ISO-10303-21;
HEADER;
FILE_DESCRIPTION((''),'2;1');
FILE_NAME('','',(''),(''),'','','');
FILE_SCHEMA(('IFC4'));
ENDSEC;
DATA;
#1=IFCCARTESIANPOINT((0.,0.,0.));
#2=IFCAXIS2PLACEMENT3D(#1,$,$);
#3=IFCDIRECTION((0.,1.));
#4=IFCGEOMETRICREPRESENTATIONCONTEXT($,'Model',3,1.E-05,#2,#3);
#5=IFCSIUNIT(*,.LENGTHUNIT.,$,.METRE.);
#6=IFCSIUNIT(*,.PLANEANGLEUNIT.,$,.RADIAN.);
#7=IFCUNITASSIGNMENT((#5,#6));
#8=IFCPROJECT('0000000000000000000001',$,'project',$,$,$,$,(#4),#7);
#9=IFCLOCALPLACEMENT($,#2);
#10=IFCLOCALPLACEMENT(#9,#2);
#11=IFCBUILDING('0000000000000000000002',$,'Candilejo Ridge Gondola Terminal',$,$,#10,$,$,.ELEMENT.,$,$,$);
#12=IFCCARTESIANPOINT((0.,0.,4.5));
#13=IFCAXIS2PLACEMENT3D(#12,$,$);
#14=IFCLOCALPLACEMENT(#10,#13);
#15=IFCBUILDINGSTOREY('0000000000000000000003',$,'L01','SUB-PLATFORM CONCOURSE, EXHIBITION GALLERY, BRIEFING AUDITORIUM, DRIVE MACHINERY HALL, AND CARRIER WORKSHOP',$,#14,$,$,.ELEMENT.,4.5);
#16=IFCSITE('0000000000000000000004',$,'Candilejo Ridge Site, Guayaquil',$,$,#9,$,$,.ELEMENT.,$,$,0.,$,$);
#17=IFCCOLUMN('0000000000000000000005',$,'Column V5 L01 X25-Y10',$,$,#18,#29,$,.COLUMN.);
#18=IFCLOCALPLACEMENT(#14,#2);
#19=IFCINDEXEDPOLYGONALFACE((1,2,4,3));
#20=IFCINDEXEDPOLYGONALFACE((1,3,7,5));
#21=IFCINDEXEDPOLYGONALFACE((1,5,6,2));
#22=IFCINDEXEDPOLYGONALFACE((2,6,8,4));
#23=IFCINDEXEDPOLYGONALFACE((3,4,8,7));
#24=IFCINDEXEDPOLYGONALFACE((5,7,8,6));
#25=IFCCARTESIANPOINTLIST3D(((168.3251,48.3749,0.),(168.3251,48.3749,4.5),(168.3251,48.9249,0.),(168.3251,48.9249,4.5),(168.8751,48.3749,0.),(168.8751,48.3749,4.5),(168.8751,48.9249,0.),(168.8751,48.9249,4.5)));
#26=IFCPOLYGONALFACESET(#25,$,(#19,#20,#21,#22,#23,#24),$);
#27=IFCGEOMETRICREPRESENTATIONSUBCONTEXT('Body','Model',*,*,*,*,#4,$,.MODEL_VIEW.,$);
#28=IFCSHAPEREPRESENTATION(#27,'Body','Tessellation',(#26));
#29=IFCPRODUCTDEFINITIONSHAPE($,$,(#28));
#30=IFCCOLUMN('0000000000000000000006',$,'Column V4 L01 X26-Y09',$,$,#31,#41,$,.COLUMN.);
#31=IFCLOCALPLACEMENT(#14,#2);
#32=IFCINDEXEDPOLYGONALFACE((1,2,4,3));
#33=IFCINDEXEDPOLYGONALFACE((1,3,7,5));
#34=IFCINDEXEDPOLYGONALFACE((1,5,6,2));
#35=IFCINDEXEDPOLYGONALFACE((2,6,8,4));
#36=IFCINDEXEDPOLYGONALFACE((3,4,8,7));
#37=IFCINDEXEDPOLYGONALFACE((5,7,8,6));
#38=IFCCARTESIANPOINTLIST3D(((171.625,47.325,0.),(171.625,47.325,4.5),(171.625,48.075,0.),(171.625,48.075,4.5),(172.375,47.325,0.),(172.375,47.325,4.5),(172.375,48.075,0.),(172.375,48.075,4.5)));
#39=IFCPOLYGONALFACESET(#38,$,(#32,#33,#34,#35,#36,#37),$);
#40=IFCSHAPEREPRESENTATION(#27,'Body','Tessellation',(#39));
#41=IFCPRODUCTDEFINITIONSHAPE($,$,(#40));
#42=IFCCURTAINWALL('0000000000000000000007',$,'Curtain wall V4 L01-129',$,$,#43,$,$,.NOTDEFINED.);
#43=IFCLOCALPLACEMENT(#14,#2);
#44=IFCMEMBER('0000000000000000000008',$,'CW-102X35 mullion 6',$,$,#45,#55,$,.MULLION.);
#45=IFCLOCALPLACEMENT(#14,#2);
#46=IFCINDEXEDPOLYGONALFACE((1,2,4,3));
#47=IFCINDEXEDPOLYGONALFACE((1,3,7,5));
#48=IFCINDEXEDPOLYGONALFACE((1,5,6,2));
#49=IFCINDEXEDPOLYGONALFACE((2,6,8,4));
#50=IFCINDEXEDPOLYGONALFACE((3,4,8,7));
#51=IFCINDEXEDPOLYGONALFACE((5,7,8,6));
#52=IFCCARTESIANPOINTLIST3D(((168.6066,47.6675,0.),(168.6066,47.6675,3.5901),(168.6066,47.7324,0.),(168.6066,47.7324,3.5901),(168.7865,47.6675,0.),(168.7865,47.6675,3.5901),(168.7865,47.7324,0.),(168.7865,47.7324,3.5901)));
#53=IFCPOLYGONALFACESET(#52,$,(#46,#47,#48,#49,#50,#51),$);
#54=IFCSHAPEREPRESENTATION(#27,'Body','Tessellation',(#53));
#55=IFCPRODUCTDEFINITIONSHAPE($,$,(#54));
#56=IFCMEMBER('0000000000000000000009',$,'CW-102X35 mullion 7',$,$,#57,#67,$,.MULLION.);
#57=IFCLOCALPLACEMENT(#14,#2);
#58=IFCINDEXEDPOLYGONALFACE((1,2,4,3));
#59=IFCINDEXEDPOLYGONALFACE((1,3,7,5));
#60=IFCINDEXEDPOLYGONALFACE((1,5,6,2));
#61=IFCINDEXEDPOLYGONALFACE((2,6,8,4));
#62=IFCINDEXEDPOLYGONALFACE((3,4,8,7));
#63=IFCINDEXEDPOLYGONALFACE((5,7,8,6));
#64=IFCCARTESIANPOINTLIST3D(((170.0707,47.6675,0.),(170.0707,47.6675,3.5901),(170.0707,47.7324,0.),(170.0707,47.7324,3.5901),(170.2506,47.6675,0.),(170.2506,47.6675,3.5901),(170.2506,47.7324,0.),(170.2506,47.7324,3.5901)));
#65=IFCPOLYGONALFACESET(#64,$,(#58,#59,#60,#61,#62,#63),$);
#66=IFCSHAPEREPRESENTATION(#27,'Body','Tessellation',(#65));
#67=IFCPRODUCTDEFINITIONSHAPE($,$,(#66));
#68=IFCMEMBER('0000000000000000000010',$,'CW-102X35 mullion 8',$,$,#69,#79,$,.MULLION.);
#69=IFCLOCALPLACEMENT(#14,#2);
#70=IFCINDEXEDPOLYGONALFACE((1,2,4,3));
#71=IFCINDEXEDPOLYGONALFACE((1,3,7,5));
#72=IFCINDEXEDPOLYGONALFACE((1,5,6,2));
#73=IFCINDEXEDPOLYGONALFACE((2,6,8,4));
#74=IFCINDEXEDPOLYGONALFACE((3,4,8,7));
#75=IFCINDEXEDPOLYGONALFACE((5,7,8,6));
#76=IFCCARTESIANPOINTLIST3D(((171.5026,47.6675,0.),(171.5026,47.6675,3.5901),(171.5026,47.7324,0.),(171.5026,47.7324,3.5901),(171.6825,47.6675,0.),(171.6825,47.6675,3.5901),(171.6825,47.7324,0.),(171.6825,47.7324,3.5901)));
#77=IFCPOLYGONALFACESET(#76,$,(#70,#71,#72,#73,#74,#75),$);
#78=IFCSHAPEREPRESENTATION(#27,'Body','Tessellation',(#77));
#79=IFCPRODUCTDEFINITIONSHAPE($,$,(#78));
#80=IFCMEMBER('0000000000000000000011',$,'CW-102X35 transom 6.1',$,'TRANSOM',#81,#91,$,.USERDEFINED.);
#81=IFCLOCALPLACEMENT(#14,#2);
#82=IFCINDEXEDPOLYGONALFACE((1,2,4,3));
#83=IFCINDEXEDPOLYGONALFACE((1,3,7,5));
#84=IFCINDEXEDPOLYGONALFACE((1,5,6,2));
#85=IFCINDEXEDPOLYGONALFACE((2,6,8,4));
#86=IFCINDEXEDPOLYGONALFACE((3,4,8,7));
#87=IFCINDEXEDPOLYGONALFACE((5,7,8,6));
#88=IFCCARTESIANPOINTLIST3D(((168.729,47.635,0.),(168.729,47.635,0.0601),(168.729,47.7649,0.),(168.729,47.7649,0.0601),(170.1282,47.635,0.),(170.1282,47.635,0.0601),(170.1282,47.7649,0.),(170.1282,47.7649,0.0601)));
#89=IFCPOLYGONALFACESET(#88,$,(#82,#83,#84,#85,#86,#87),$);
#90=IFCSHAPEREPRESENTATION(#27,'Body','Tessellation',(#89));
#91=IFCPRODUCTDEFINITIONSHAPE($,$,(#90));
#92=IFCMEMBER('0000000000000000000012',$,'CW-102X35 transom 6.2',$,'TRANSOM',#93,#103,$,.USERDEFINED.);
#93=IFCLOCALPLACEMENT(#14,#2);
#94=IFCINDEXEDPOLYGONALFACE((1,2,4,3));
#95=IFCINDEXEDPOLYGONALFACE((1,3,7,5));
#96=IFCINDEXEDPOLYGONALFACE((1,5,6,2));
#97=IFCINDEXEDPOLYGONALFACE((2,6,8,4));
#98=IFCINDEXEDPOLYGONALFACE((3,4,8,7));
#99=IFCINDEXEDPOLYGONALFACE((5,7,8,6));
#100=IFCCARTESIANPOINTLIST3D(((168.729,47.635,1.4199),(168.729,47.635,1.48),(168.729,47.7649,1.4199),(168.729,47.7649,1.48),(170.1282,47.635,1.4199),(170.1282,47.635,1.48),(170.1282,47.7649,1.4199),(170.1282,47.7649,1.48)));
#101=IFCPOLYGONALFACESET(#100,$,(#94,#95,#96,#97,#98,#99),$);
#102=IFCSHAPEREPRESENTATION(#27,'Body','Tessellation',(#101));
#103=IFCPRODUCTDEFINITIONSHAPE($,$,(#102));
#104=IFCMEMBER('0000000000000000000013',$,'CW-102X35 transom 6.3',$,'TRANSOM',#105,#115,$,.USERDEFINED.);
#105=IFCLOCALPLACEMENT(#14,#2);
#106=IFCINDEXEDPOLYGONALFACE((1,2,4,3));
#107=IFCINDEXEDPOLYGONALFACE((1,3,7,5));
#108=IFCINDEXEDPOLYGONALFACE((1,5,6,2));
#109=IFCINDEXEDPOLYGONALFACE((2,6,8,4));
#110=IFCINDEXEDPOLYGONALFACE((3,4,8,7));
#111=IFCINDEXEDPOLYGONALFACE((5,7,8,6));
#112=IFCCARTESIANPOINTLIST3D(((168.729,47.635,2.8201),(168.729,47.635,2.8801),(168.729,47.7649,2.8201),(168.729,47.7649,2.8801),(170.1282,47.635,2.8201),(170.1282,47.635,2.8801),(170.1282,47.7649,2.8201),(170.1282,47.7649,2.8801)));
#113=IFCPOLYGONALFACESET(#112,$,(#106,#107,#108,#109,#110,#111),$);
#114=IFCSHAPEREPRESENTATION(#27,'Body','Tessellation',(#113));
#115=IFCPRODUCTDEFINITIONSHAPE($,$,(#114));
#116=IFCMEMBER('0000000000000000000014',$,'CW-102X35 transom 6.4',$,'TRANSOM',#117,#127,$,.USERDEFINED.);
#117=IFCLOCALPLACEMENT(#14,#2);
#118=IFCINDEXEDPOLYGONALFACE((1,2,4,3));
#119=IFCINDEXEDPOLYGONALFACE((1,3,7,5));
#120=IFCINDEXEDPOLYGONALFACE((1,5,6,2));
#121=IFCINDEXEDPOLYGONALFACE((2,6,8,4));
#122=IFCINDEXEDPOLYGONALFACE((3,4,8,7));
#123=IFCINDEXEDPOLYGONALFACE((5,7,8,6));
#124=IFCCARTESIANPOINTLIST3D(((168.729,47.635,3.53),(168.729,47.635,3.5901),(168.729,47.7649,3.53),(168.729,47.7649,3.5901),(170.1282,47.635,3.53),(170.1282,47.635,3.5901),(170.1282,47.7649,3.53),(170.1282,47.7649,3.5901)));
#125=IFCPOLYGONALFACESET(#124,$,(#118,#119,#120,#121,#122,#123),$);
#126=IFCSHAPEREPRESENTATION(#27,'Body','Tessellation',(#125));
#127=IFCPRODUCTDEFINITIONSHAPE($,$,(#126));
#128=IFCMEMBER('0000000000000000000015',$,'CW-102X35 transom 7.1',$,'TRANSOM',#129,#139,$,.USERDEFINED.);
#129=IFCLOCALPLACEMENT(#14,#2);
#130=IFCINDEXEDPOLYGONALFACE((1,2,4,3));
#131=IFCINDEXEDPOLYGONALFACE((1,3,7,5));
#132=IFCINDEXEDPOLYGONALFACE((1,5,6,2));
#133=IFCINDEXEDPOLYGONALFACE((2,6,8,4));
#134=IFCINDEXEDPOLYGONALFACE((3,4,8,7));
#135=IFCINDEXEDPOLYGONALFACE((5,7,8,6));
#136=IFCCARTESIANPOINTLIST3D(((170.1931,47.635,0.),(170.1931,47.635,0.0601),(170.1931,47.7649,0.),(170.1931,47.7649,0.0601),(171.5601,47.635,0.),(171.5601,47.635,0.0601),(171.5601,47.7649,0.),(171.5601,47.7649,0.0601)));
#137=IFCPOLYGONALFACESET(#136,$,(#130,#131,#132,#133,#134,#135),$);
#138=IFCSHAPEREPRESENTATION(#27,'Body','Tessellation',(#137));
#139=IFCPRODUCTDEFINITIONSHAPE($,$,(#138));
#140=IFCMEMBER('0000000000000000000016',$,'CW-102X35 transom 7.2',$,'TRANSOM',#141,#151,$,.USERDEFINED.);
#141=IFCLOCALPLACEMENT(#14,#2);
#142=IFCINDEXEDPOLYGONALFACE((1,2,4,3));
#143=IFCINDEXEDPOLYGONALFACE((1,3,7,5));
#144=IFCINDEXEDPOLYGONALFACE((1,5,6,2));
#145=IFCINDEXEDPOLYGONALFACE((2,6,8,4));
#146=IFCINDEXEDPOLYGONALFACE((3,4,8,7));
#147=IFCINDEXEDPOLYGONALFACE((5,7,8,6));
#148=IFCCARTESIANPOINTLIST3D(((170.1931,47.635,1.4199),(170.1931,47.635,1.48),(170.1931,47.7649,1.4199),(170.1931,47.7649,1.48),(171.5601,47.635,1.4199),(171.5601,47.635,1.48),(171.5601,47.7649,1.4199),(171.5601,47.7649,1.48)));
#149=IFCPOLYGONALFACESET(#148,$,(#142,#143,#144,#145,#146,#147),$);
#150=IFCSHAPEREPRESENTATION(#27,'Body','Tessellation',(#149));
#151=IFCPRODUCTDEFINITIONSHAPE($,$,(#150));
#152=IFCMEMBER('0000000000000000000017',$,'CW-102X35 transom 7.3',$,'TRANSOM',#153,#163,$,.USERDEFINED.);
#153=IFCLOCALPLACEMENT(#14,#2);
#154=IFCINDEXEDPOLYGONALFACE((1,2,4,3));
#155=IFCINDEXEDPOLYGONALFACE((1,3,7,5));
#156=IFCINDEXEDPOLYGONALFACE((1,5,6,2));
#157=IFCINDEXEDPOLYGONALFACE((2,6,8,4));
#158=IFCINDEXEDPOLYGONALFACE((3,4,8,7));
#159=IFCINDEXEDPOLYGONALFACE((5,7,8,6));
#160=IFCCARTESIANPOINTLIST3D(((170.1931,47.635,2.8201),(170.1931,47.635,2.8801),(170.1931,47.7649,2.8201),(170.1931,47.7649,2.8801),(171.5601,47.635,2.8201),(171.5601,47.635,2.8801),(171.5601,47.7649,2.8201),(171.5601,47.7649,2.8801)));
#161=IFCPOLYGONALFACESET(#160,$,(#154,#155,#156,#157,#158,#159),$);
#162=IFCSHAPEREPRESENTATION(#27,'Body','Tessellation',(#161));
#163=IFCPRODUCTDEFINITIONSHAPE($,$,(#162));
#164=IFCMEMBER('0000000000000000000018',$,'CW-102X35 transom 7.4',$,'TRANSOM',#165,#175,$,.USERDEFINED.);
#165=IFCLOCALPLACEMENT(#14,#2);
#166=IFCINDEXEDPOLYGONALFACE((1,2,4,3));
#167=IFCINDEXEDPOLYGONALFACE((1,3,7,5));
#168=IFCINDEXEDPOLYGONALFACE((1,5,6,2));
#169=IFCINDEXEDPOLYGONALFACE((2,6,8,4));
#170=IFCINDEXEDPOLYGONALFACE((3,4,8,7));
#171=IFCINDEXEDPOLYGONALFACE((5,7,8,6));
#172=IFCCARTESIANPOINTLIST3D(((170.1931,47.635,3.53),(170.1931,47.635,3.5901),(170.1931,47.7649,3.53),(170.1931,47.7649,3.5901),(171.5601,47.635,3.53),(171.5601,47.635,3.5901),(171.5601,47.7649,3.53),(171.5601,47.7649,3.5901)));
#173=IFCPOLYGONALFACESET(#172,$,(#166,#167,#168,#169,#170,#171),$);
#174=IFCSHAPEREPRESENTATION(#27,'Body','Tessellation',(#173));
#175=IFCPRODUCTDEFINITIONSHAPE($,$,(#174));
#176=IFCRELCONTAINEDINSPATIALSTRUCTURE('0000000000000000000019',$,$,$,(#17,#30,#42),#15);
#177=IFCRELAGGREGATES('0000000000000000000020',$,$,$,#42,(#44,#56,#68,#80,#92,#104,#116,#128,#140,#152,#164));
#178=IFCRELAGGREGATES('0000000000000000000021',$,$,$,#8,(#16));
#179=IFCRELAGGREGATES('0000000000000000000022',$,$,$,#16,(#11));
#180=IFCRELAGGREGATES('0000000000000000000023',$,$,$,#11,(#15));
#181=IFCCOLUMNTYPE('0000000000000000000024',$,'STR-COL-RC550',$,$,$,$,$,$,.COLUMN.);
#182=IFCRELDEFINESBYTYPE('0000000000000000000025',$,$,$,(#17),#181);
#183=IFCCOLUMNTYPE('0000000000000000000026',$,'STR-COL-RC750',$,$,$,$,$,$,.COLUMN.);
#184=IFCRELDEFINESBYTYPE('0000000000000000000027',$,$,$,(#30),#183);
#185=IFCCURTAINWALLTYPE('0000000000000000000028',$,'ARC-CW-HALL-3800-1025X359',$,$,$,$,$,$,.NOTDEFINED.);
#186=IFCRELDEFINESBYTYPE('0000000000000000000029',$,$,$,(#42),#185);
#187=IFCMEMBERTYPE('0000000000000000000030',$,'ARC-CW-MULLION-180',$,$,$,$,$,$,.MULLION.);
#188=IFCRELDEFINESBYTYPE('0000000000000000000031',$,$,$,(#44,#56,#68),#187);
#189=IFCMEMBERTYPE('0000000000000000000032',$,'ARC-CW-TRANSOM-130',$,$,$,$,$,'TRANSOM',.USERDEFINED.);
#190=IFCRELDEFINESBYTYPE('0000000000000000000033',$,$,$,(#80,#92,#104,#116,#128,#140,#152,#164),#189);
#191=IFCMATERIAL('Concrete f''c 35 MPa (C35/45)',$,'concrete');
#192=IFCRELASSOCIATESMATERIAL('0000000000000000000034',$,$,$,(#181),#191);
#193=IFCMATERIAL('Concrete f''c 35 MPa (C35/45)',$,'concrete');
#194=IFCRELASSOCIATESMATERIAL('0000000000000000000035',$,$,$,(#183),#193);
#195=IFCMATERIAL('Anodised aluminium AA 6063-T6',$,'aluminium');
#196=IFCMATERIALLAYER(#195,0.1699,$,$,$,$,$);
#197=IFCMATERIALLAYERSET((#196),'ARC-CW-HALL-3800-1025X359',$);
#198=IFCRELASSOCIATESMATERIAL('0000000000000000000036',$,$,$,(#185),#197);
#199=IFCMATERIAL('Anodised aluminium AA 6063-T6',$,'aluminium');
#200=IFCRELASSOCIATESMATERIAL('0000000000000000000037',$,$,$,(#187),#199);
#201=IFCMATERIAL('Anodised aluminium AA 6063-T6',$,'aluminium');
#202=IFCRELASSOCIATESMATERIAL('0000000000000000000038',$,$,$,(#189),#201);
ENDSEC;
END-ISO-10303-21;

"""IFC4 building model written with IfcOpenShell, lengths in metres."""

from ifc_helpers import new_model, si_unit, direction, frame, origin, origin_2d, place, context, subcontext, project, spatial, rectangle, extrude, material, layer, layer_set, material_profile, profile_set, type_object, element, aggregate, save


model = new_model("IFC4")

# Units and contexts
model_context = context("Model", 3, precision=1e-05, world=origin(), true_north=direction((0.0, 1.0)))
body_context = subcontext(model_context, "Body", "Model", "MODEL_VIEW")
ifc_project = project(units=[si_unit("LENGTHUNIT", "METRE"), si_unit("PLANEANGLEUNIT", "RADIAN")], contexts=[model_context])

# Site, building, storey
site_placement = place(None, origin())
site = spatial("IfcSite", under=ifc_project, at=site_placement, Name="Candilejo Ridge Site, Guayaquil", CompositionType="ELEMENT", RefElevation=0.0)
building_placement = place(site_placement, origin())
building = spatial("IfcBuilding", under=site, at=building_placement, Name="Candilejo Ridge Gondola Terminal", CompositionType="ELEMENT")
storey_placement = place(building_placement, frame((0.0, 0.0, 4.5)))
storey = spatial("IfcBuildingStorey", under=building, at=storey_placement, Name="L01", Description="SUB-PLATFORM CONCOURSE, EXHIBITION GALLERY, BRIEFING AUDITORIUM, DRIVE MACHINERY HALL, AND CARRIER WORKSHOP", CompositionType="ELEMENT", Elevation=4.5)

# Columns
ifc_material_1 = material(Name="Concrete f'c 35 MPa (C35/45)", Category="concrete")
ifc_material_profile_1 = material_profile(ifc_material_1, rectangle(XDim=0.55, YDim=0.55, at=origin_2d()))
ifc_profile_set_1 = profile_set([ifc_material_profile_1], Name="Concrete f'c 35 MPa (C35/45)")
column_type_1 = type_object("IfcColumnType", Name="STR-COL-RC550", PredefinedType="COLUMN", material=ifc_profile_set_1)
column_1_placement = place(storey_placement, frame((168.6001, 48.6499, 0.0), z_axis=(0.0, 0.0, 1.0), x_axis=(1.0, 0.0, 0.0)))
element("IfcColumn", 1, at=column_1_placement, inside=storey, type_object=column_type_1, Name="Column V5 L01 X25-Y10", PredefinedType="COLUMN", context=body_context, shape_type="SweptSolid", body=[
    extrude(rectangle(XDim=0.55, YDim=0.55, at=origin_2d()), origin(), (0.0, 0.0, 1.0), 4.5),
])
ifc_material_2 = material(Name="Concrete f'c 35 MPa (C35/45)", Category="concrete")
ifc_material_profile_2 = material_profile(ifc_material_2, rectangle(XDim=0.75, YDim=0.75, at=origin_2d()))
ifc_profile_set_2 = profile_set([ifc_material_profile_2], Name="Concrete f'c 35 MPa (C35/45)")
column_type_2 = type_object("IfcColumnType", Name="STR-COL-RC750", PredefinedType="COLUMN", material=ifc_profile_set_2)
column_2_placement = place(storey_placement, frame((172.0, 47.7, 0.0), z_axis=(0.0, 0.0, 1.0), x_axis=(1.0, 0.0, 0.0)))
element("IfcColumn", 2, at=column_2_placement, inside=storey, type_object=column_type_2, Name="Column V4 L01 X26-Y09", PredefinedType="COLUMN", context=body_context, shape_type="SweptSolid", body=[
    extrude(rectangle(XDim=0.75, YDim=0.75, at=origin_2d()), origin(), (0.0, 0.0, 1.0), 4.5),
])

# Curtain wall, members
ifc_material_3 = material(Name="Anodised aluminium AA 6063-T6", Category="aluminium")
ifc_layer_1 = layer(ifc_material_3, 0.1699)
ifc_layer_set_1 = layer_set([ifc_layer_1], Name="ARC-CW-HALL-3800-1025X359")
curtain_wall_type = type_object("IfcCurtainWallType", Name="ARC-CW-HALL-3800-1025X359", PredefinedType="NOTDEFINED", material=ifc_layer_set_1)
curtain_wall_placement = place(storey_placement, origin())
curtain_wall = element("IfcCurtainWall", 3, at=curtain_wall_placement, inside=storey, type_object=curtain_wall_type, Name="Curtain wall V4 L01-129", PredefinedType="NOTDEFINED")
ifc_material_4 = material(Name="Anodised aluminium AA 6063-T6", Category="aluminium")
ifc_material_profile_3 = material_profile(ifc_material_4, rectangle(XDim=0.0649, YDim=0.1799, at=origin_2d()))
ifc_profile_set_3 = profile_set([ifc_material_profile_3], Name="Anodised aluminium AA 6063-T6")
member_type_1 = type_object("IfcMemberType", Name="ARC-CW-MULLION-180", PredefinedType="MULLION", material=ifc_profile_set_3)
member_1_placement = place(storey_placement, frame((168.6965, 47.7, 0.0), z_axis=(0.0, 0.0, 1.0), x_axis=(0.0, 1.0, 0.0)))
member_1 = element("IfcMember", 4, at=member_1_placement, type_object=member_type_1, Name="CW-102X35 mullion 6", PredefinedType="MULLION", context=body_context, shape_type="SweptSolid", body=[
    extrude(rectangle(XDim=0.0649, YDim=0.1799, at=origin_2d()), origin(), (0.0, 0.0, 1.0), 3.5901),
])
member_2_placement = place(storey_placement, frame((170.1606, 47.7, 0.0), z_axis=(0.0, 0.0, 1.0), x_axis=(0.0, 1.0, 0.0)))
member_2 = element("IfcMember", 5, at=member_2_placement, type_object=member_type_1, Name="CW-102X35 mullion 7", PredefinedType="MULLION", context=body_context, shape_type="SweptSolid", body=[
    extrude(rectangle(XDim=0.0649, YDim=0.1799, at=origin_2d()), origin(), (0.0, 0.0, 1.0), 3.5901),
])
member_3_placement = place(storey_placement, frame((171.5925, 47.7, 0.0), z_axis=(0.0, 0.0, 1.0), x_axis=(0.0, 1.0, 0.0)))
member_3 = element("IfcMember", 6, at=member_3_placement, type_object=member_type_1, Name="CW-102X35 mullion 8", PredefinedType="MULLION", context=body_context, shape_type="SweptSolid", body=[
    extrude(rectangle(XDim=0.0649, YDim=0.1799, at=origin_2d()), origin(), (0.0, 0.0, 1.0), 3.5901),
])
ifc_material_5 = material(Name="Anodised aluminium AA 6063-T6", Category="aluminium")
ifc_material_profile_4 = material_profile(ifc_material_5, rectangle(XDim=0.1299, YDim=0.0601, at=origin_2d()))
ifc_profile_set_4 = profile_set([ifc_material_profile_4], Name="Anodised aluminium AA 6063-T6")
member_type_2 = type_object("IfcMemberType", Name="ARC-CW-TRANSOM-130", ElementType="TRANSOM", PredefinedType="USERDEFINED", material=ifc_profile_set_4)
member_4_placement = place(storey_placement, frame((168.729, 47.7, 0.03), z_axis=(1.0, 0.0, 0.0), x_axis=(0.0, 1.0, 0.0)))
member_4 = element("IfcMember", 7, at=member_4_placement, type_object=member_type_2, Name="CW-102X35 transom 6.1", ObjectType="TRANSOM", PredefinedType="USERDEFINED", context=body_context, shape_type="SweptSolid", body=[
    extrude(rectangle(XDim=0.1299, YDim=0.0601, at=origin_2d()), origin(), (0.0, 0.0, 1.0), 1.3992),
])
member_5_placement = place(storey_placement, frame((168.729, 47.7, 1.45), z_axis=(1.0, 0.0, 0.0), x_axis=(0.0, 1.0, 0.0)))
member_5 = element("IfcMember", 8, at=member_5_placement, type_object=member_type_2, Name="CW-102X35 transom 6.2", ObjectType="TRANSOM", PredefinedType="USERDEFINED", context=body_context, shape_type="SweptSolid", body=[
    extrude(rectangle(XDim=0.1299, YDim=0.0601, at=origin_2d()), origin(), (0.0, 0.0, 1.0), 1.3992),
])
member_6_placement = place(storey_placement, frame((168.729, 47.7, 2.8501), z_axis=(1.0, 0.0, 0.0), x_axis=(0.0, 1.0, 0.0)))
member_6 = element("IfcMember", 9, at=member_6_placement, type_object=member_type_2, Name="CW-102X35 transom 6.3", ObjectType="TRANSOM", PredefinedType="USERDEFINED", context=body_context, shape_type="SweptSolid", body=[
    extrude(rectangle(XDim=0.1299, YDim=0.0601, at=origin_2d()), origin(), (0.0, 0.0, 1.0), 1.3992),
])
member_7_placement = place(storey_placement, frame((168.729, 47.7, 3.5601), z_axis=(1.0, 0.0, 0.0), x_axis=(0.0, 1.0, 0.0)))
member_7 = element("IfcMember", 10, at=member_7_placement, type_object=member_type_2, Name="CW-102X35 transom 6.4", ObjectType="TRANSOM", PredefinedType="USERDEFINED", context=body_context, shape_type="SweptSolid", body=[
    extrude(rectangle(XDim=0.1299, YDim=0.0601, at=origin_2d()), origin(), (0.0, 0.0, 1.0), 1.3992),
])
member_8_placement = place(storey_placement, frame((170.1931, 47.7, 0.03), z_axis=(1.0, 0.0, 0.0), x_axis=(0.0, 1.0, 0.0)))
member_8 = element("IfcMember", 11, at=member_8_placement, type_object=member_type_2, Name="CW-102X35 transom 7.1", ObjectType="TRANSOM", PredefinedType="USERDEFINED", context=body_context, shape_type="SweptSolid", body=[
    extrude(rectangle(XDim=0.1299, YDim=0.0601, at=origin_2d()), origin(), (0.0, 0.0, 1.0), 1.3669),
])
member_9_placement = place(storey_placement, frame((170.1931, 47.7, 1.45), z_axis=(1.0, 0.0, 0.0), x_axis=(0.0, 1.0, 0.0)))
member_9 = element("IfcMember", 12, at=member_9_placement, type_object=member_type_2, Name="CW-102X35 transom 7.2", ObjectType="TRANSOM", PredefinedType="USERDEFINED", context=body_context, shape_type="SweptSolid", body=[
    extrude(rectangle(XDim=0.1299, YDim=0.0601, at=origin_2d()), origin(), (0.0, 0.0, 1.0), 1.3669),
])
member_10_placement = place(storey_placement, frame((170.1931, 47.7, 2.8501), z_axis=(1.0, 0.0, 0.0), x_axis=(0.0, 1.0, 0.0)))
member_10 = element("IfcMember", 13, at=member_10_placement, type_object=member_type_2, Name="CW-102X35 transom 7.3", ObjectType="TRANSOM", PredefinedType="USERDEFINED", context=body_context, shape_type="SweptSolid", body=[
    extrude(rectangle(XDim=0.1299, YDim=0.0601, at=origin_2d()), origin(), (0.0, 0.0, 1.0), 1.3669),
])
member_11_placement = place(storey_placement, frame((170.1931, 47.7, 3.5601), z_axis=(1.0, 0.0, 0.0), x_axis=(0.0, 1.0, 0.0)))
member_11 = element("IfcMember", 14, at=member_11_placement, type_object=member_type_2, Name="CW-102X35 transom 7.4", ObjectType="TRANSOM", PredefinedType="USERDEFINED", context=body_context, shape_type="SweptSolid", body=[
    extrude(rectangle(XDim=0.1299, YDim=0.0601, at=origin_2d()), origin(), (0.0, 0.0, 1.0), 1.3669),
])

aggregate(curtain_wall, [member_1, member_2, member_3, member_4, member_5, member_6, member_7, member_8, member_9, member_10, member_11])

save(model, "model.ifc")
